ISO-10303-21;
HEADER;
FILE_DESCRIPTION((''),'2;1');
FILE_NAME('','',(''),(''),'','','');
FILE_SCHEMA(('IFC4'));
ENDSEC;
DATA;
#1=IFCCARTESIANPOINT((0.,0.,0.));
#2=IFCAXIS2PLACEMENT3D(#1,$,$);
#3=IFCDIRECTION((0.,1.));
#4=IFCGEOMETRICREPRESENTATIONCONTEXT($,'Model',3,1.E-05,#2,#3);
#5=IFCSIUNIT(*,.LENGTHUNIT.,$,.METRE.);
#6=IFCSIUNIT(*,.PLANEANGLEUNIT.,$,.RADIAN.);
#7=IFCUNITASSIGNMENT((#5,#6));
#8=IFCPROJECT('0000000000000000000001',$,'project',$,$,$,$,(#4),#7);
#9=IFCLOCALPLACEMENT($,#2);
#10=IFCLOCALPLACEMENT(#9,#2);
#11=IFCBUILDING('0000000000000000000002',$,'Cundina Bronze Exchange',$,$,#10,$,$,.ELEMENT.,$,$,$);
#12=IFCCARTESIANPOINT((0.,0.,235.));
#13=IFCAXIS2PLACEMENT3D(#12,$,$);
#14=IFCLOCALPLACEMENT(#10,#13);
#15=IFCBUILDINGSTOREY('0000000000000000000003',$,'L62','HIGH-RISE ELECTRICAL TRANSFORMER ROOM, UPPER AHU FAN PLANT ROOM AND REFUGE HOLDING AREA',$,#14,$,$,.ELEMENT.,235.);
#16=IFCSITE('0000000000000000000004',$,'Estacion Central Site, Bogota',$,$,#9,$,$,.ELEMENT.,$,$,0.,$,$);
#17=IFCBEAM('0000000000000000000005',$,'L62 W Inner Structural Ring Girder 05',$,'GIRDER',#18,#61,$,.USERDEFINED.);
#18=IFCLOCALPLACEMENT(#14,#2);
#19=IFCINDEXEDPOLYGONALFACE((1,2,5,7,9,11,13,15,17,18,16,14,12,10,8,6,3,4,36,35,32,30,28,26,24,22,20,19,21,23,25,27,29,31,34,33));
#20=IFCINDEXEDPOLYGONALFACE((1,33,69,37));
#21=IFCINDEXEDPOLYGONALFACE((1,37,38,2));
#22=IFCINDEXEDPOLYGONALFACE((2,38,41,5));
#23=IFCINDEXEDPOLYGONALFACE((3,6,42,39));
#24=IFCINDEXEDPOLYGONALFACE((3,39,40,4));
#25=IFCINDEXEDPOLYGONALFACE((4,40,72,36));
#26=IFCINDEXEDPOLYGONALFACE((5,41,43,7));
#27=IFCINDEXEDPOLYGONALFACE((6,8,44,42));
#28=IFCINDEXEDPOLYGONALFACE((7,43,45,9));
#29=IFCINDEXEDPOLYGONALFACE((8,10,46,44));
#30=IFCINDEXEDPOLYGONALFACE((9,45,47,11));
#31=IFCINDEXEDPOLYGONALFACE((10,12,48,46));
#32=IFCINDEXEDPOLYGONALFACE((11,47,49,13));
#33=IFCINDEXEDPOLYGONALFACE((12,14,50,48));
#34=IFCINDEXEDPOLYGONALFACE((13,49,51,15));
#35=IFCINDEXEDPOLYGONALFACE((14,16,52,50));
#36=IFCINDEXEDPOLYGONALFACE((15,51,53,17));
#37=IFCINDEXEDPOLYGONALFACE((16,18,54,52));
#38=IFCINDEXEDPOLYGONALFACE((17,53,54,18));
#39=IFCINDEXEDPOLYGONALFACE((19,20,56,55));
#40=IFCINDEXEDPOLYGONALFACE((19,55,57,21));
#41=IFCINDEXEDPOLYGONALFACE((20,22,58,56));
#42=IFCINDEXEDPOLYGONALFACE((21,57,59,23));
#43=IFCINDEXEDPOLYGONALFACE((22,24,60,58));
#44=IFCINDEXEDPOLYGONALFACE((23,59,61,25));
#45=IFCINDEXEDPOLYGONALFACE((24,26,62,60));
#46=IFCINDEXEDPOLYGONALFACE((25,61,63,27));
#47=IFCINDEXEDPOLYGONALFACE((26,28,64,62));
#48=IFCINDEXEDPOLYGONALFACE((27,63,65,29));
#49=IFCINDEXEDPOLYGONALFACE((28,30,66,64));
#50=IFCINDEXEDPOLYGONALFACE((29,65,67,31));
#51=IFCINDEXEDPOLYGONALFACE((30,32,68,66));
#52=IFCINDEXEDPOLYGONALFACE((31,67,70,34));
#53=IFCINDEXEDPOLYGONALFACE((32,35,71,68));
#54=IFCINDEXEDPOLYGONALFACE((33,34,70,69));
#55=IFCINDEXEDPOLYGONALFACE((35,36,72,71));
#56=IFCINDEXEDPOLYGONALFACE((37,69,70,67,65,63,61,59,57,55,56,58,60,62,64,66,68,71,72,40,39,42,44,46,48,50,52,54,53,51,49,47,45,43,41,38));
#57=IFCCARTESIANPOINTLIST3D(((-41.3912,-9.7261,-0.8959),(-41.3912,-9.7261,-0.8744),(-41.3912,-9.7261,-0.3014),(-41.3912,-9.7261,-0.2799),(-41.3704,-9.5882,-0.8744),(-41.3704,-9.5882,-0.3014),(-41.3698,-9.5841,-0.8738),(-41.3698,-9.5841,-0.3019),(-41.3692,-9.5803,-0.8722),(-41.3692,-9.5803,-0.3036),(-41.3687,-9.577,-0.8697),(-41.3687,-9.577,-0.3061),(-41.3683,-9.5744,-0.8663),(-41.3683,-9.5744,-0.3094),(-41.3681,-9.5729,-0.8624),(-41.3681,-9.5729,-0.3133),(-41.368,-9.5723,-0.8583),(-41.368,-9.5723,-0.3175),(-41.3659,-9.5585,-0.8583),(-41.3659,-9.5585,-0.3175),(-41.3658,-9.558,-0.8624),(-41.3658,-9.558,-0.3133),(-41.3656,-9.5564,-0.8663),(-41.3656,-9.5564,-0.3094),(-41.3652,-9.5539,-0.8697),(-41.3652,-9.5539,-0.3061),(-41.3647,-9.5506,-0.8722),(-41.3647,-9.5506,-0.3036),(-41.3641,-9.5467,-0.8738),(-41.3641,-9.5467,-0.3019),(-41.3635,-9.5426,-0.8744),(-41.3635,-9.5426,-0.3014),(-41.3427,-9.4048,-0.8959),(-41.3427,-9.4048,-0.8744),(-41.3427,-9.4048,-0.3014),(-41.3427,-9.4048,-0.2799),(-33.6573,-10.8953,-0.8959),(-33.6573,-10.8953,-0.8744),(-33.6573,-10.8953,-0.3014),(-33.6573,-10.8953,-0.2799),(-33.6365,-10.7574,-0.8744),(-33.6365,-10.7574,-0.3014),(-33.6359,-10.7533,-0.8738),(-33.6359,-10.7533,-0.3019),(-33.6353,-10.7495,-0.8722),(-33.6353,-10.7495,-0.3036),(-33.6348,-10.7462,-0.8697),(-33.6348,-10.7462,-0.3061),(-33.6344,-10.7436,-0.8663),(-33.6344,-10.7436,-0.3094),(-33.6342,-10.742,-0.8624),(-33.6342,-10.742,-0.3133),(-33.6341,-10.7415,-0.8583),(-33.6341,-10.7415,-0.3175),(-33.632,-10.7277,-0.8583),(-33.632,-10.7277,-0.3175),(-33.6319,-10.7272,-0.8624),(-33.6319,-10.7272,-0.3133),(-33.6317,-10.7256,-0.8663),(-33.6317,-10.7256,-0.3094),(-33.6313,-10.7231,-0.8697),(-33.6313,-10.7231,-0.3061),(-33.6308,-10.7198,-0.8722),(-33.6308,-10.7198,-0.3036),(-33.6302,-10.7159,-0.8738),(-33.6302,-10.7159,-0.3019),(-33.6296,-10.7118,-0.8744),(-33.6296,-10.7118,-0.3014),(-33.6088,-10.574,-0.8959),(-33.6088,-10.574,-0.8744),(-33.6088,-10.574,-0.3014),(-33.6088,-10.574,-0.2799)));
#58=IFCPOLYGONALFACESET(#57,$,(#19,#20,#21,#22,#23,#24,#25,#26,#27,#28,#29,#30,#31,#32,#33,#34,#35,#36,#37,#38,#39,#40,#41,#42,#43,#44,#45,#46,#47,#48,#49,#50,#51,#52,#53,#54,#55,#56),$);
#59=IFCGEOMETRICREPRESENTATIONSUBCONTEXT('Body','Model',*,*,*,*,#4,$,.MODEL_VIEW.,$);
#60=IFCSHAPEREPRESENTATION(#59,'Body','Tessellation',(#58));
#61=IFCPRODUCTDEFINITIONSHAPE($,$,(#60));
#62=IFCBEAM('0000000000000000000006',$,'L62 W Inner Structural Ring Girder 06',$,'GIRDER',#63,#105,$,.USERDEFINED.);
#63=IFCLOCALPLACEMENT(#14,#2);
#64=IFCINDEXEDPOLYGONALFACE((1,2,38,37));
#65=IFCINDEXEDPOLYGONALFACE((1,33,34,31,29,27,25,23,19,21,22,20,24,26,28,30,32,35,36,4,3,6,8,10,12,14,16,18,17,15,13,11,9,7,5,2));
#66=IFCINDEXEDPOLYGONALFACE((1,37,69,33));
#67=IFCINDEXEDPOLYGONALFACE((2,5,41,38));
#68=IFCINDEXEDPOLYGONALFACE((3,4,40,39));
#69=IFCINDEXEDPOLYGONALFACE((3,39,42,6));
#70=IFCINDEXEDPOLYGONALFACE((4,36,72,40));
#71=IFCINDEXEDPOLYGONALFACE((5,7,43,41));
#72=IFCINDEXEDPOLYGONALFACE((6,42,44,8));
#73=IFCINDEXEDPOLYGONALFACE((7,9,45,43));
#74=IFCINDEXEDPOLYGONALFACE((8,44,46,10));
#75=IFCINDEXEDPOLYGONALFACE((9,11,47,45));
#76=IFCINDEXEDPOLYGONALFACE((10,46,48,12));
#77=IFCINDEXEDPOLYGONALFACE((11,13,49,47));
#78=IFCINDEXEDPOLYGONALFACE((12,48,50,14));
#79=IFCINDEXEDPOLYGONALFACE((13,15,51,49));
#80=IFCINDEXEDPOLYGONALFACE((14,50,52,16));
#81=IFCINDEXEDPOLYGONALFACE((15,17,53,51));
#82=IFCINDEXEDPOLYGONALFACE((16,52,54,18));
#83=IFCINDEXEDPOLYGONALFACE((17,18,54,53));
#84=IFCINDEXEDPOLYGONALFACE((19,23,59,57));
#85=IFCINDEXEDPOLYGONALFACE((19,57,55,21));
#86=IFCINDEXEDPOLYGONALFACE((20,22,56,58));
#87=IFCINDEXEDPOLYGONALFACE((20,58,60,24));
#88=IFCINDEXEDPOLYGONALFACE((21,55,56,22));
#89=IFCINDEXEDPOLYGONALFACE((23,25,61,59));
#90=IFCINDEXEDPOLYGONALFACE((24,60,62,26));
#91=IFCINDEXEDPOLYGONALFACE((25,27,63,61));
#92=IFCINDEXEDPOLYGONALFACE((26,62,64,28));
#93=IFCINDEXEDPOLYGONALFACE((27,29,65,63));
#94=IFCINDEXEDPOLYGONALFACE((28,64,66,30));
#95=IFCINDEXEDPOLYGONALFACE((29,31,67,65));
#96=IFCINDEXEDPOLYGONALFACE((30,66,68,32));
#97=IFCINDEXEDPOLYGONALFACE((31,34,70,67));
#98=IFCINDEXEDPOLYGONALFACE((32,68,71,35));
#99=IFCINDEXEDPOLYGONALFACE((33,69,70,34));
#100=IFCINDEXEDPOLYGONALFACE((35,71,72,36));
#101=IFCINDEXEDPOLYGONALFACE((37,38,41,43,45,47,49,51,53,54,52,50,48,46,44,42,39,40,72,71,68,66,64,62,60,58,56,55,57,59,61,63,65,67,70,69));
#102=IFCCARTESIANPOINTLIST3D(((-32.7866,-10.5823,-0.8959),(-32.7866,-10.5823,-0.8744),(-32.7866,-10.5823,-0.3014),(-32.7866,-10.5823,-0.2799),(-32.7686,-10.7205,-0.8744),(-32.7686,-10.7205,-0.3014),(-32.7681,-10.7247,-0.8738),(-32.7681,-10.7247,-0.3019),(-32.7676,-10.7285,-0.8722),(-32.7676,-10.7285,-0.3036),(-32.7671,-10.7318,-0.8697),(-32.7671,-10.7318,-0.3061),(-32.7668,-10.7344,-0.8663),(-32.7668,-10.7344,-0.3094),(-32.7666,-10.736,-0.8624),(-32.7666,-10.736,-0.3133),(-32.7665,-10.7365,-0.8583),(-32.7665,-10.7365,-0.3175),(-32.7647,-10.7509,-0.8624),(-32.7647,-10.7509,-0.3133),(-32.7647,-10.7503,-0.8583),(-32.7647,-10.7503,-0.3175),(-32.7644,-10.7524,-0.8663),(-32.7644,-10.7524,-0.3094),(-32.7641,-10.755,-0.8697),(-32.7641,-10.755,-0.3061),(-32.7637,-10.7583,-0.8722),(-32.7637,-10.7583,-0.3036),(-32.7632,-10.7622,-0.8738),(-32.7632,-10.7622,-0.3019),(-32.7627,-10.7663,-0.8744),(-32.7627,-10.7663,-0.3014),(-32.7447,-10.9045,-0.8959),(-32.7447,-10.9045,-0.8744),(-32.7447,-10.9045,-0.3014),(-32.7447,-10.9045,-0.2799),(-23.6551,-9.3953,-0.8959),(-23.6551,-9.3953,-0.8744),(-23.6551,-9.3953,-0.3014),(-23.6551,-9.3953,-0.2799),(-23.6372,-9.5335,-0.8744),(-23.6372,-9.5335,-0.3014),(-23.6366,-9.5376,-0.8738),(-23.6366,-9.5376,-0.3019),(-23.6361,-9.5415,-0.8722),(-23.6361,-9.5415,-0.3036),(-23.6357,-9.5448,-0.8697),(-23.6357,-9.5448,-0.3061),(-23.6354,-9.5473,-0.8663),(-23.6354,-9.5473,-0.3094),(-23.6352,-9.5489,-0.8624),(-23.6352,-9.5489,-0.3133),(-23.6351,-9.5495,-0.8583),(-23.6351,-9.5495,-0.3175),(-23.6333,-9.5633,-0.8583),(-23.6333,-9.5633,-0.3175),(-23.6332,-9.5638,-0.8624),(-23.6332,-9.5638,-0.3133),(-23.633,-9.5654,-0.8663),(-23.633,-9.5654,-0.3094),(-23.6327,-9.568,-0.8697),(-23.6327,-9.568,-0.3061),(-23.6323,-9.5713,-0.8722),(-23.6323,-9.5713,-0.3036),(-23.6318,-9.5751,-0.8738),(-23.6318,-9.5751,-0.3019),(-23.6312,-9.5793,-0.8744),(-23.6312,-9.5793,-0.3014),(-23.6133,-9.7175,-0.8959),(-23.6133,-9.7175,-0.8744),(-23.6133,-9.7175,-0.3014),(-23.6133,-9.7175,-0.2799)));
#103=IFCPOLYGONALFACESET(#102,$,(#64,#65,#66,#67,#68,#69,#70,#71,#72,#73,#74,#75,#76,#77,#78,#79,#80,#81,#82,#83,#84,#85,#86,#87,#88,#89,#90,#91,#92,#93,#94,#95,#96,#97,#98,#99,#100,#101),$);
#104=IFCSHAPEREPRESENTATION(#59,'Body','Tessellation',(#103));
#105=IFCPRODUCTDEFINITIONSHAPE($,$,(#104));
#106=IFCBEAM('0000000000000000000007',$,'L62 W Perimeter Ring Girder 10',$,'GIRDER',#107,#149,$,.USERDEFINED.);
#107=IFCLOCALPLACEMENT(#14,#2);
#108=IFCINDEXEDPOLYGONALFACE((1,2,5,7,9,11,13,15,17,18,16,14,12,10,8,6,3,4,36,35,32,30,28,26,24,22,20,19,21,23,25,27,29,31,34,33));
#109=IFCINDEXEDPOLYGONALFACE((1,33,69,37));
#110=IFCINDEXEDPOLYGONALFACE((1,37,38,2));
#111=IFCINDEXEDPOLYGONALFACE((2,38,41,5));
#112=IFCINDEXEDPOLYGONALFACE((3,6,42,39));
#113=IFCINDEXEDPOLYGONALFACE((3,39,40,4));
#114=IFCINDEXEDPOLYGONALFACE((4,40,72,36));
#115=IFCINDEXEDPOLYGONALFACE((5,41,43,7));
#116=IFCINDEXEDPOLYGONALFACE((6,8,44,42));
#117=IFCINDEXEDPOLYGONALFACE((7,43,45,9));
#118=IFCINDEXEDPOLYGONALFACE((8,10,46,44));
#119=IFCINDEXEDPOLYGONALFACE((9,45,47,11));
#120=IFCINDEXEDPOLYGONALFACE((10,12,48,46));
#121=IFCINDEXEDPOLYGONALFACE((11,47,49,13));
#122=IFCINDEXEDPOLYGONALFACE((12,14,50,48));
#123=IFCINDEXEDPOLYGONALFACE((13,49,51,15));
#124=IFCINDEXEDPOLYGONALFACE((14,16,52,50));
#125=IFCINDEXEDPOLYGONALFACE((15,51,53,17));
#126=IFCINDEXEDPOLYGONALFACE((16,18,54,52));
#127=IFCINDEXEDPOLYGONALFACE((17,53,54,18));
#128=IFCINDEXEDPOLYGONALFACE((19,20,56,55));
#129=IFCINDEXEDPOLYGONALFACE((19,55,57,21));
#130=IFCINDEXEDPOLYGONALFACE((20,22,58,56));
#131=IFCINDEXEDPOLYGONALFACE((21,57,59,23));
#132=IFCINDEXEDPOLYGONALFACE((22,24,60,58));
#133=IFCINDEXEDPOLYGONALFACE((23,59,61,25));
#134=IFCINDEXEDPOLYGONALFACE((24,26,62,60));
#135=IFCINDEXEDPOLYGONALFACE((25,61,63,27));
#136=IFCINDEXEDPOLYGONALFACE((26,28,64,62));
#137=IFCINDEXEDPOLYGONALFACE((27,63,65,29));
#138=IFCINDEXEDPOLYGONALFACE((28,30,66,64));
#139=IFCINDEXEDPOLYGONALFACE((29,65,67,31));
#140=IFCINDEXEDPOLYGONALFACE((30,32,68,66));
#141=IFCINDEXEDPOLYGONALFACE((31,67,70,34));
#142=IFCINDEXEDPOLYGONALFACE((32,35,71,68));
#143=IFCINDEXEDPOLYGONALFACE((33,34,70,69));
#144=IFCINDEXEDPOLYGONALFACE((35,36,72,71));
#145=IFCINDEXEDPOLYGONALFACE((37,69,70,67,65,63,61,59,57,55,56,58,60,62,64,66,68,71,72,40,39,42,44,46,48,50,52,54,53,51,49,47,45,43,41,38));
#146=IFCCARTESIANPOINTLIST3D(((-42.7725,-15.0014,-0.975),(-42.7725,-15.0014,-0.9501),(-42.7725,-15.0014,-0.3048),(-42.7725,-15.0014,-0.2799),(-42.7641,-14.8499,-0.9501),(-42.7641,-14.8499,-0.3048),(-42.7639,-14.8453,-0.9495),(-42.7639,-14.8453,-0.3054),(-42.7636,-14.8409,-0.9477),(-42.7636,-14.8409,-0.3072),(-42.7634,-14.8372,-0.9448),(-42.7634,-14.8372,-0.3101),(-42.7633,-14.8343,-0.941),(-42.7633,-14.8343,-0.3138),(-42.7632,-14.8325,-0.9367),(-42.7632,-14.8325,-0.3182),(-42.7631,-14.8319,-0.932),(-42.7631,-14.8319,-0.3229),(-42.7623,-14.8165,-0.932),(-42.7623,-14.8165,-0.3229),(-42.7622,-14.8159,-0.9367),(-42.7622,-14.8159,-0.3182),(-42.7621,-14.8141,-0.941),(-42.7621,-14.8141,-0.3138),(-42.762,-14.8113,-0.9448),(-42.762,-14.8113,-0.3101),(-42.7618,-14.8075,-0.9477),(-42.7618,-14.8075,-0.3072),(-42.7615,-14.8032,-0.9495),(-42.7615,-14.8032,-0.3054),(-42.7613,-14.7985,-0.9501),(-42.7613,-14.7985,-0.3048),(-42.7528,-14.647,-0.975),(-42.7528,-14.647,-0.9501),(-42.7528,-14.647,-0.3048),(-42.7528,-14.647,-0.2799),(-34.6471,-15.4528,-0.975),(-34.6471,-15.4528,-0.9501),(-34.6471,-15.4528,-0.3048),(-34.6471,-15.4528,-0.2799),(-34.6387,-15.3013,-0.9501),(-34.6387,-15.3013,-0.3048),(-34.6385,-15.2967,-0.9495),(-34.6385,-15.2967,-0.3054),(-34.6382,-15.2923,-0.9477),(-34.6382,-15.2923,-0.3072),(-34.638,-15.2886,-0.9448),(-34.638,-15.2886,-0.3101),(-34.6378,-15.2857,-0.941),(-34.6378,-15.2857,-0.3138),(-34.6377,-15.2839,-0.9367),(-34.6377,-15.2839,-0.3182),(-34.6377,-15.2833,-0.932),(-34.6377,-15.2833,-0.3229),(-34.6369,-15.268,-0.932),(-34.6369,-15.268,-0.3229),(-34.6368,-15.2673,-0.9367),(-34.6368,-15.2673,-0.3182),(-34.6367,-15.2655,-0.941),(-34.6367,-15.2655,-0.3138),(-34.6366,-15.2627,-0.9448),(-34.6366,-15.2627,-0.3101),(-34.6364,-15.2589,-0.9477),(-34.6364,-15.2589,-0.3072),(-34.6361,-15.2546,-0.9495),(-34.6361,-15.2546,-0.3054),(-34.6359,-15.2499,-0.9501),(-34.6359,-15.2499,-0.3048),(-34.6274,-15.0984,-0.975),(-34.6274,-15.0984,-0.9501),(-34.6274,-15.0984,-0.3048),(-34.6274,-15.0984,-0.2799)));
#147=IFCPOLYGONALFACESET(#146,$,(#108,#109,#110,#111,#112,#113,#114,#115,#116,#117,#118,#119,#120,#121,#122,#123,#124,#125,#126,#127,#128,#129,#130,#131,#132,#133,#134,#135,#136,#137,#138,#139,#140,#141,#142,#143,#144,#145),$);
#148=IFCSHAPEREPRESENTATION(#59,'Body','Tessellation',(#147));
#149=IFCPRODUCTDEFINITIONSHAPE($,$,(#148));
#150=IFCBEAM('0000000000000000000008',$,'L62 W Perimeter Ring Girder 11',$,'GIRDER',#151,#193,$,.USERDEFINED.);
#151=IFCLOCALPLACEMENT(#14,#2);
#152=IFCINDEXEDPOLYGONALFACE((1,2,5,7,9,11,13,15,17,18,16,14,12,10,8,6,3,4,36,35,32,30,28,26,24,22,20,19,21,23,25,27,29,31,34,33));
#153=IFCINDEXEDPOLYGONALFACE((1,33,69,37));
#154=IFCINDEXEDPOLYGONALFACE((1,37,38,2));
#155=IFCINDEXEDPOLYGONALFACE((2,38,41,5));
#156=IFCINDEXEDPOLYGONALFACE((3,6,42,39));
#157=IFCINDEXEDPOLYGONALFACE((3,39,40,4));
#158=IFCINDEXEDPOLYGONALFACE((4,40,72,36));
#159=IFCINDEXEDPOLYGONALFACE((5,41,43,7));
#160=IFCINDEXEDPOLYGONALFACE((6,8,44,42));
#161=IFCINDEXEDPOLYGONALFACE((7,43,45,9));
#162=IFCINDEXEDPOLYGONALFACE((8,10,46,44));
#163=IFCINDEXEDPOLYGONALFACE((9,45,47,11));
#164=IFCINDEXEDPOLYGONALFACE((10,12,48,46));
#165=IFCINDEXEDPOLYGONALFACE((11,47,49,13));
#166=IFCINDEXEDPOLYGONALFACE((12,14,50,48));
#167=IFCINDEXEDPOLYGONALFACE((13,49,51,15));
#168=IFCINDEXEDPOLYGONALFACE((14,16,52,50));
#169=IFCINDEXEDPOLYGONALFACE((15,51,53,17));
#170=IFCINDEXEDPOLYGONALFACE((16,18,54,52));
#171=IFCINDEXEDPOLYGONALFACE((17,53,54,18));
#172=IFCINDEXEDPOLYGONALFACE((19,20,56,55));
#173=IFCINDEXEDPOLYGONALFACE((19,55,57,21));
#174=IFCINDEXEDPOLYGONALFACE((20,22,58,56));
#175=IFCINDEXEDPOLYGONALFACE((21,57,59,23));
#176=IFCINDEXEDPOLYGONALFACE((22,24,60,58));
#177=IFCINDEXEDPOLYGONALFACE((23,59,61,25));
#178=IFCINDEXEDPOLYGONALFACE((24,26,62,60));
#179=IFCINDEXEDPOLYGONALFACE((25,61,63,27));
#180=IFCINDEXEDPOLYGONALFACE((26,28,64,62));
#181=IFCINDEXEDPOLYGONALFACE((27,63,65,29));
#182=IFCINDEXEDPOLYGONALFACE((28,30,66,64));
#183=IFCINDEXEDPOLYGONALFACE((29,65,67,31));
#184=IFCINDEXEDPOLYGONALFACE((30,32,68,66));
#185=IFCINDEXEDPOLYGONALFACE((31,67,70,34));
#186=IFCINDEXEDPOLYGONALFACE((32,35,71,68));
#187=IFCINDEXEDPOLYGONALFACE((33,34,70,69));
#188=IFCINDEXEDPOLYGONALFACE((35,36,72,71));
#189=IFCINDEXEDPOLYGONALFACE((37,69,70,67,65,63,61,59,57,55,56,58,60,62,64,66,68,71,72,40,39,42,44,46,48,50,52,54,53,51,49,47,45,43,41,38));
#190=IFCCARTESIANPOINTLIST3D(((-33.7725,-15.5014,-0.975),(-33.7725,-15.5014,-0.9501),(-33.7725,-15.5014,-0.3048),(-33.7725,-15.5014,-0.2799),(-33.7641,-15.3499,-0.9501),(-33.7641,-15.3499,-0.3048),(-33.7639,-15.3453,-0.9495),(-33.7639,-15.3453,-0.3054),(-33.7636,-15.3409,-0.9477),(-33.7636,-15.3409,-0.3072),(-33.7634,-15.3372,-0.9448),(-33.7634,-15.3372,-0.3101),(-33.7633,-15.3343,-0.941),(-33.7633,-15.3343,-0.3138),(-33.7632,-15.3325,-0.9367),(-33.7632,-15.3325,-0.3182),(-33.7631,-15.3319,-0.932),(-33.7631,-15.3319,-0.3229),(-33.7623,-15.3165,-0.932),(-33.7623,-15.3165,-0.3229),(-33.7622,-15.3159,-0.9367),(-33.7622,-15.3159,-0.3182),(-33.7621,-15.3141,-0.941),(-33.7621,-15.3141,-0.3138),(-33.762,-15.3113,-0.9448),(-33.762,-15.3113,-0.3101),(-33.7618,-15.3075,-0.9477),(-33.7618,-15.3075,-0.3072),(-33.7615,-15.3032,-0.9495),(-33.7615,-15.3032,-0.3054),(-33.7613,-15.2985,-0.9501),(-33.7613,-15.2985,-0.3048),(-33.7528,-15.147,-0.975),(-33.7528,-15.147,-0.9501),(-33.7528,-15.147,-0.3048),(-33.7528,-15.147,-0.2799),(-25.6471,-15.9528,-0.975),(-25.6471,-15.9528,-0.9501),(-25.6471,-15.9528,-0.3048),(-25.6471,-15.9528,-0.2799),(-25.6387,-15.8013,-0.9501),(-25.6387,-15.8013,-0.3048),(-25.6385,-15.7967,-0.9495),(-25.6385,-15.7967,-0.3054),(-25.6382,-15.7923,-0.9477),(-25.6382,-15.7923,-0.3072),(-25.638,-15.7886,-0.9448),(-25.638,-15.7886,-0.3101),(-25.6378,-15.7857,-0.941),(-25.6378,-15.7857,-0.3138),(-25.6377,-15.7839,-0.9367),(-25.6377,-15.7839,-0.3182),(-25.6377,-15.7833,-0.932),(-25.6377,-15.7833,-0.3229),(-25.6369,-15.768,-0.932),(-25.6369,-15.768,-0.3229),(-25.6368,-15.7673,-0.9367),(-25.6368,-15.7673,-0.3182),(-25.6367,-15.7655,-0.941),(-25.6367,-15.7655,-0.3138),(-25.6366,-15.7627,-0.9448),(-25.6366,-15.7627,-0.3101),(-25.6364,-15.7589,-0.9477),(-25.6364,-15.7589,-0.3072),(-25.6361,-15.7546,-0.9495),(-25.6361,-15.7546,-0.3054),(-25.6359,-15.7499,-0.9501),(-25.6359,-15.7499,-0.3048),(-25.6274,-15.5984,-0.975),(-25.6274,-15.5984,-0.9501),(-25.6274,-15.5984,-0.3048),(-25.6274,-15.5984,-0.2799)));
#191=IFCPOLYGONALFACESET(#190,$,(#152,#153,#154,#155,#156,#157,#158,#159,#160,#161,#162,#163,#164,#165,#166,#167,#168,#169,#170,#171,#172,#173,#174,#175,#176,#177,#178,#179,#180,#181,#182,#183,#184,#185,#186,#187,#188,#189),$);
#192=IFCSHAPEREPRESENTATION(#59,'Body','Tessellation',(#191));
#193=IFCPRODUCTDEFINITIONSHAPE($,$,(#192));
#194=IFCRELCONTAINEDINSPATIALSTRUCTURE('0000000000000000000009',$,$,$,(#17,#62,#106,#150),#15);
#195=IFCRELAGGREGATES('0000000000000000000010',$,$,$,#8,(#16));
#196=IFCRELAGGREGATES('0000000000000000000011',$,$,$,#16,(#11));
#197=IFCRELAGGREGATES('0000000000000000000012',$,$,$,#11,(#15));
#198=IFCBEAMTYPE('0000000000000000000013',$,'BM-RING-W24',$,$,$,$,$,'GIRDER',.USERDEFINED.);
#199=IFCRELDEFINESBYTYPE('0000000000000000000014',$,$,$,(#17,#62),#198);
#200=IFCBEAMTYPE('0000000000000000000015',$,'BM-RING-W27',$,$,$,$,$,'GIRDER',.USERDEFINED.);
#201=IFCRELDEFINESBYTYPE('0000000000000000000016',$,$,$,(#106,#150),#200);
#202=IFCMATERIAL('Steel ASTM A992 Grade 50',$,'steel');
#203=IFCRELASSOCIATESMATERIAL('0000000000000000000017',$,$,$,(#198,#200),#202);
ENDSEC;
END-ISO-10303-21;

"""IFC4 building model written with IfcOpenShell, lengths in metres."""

from ifc_helpers import new_model, si_unit, direction, frame, origin, origin_2d, place, context, subcontext, project, spatial, i_section, extrude, material, material_profile, profile_set, type_object, element, save


model = new_model("IFC4")

# Units and contexts
model_context = context("Model", 3, precision=1e-05, world=origin(), true_north=direction((0.0, 1.0)))
body_context = subcontext(model_context, "Body", "Model", "MODEL_VIEW")
ifc_project = project(units=[si_unit("LENGTHUNIT", "METRE"), si_unit("PLANEANGLEUNIT", "RADIAN")], contexts=[model_context])

# Site, building, storey
site_placement = place(None, origin())
site = spatial("IfcSite", under=ifc_project, at=site_placement, Name="Estacion Central Site, Bogota", CompositionType="ELEMENT", RefElevation=0.0)
building_placement = place(site_placement, origin())
building = spatial("IfcBuilding", under=site, at=building_placement, Name="Cundina Bronze Exchange", CompositionType="ELEMENT")
storey_placement = place(building_placement, frame((0.0, 0.0, 235.0)))
storey = spatial("IfcBuildingStorey", under=building, at=storey_placement, Name="L62", Description="HIGH-RISE ELECTRICAL TRANSFORMER ROOM, UPPER AHU FAN PLANT ROOM AND REFUGE HOLDING AREA", CompositionType="ELEMENT", Elevation=235.0)

# Beams
ifc_material_1 = material(Name="Steel ASTM A992 Grade 50", Category="steel")
ifc_material_profile_1 = material_profile(ifc_material_1, i_section(OverallWidth=0.325, OverallDepth=0.616, WebThickness=0.0139, FlangeThickness=0.0215, FilletRadius=0.0161, at=origin_2d()), Name="W24X117", Category="steel")
ifc_profile_set_1 = profile_set([ifc_material_profile_1], Name="Steel ASTM A992 Grade 50")
beam_type_1 = type_object("IfcBeamType", Name="BM-RING-W24", ElementType="GIRDER", PredefinedType="USERDEFINED", material=ifc_profile_set_1)
beam_1_placement = place(storey_placement, frame((-41.3669, -9.5654, -0.5879), z_axis=(0.988765, -0.149479, 0.0), x_axis=(0.149479, 0.988765, 0.0)))
element("IfcBeam", 1, at=beam_1_placement, inside=storey, type_object=beam_type_1, Name="L62 W Inner Structural Ring Girder 05", ObjectType="GIRDER", PredefinedType="USERDEFINED", context=body_context, shape_type="SweptSolid", body=[
    extrude(i_section(OverallWidth=0.325, OverallDepth=0.616, WebThickness=0.0139, FlangeThickness=0.0215, FilletRadius=0.0161, at=origin_2d()), origin(), (0.0, 0.0, 1.0), 7.8218),
])
beam_2_placement = place(storey_placement, frame((-32.7656, -10.7434, -0.5879), z_axis=(0.991656, 0.128908, 0.0), x_axis=(-0.128908, 0.991656, 0.0)))
element("IfcBeam", 2, at=beam_2_placement, inside=storey, type_object=beam_type_1, Name="L62 W Inner Structural Ring Girder 06", ObjectType="GIRDER", PredefinedType="USERDEFINED", context=body_context, shape_type="SweptSolid", body=[
    extrude(i_section(OverallWidth=0.325, OverallDepth=0.616, WebThickness=0.0139, FlangeThickness=0.0215, FilletRadius=0.0161, at=origin_2d()), origin(), (0.0, 0.0, 1.0), 9.2083),
])
ifc_material_profile_2 = material_profile(ifc_material_1, i_section(OverallWidth=0.355, OverallDepth=0.6951, WebThickness=0.0154, FlangeThickness=0.0249, FilletRadius=0.0181, at=origin_2d()), Name="W27X146", Category="steel")
ifc_profile_set_2 = profile_set([ifc_material_profile_2], Name="Steel ASTM A992 Grade 50")
beam_type_2 = type_object("IfcBeamType", Name="BM-RING-W27", ElementType="GIRDER", PredefinedType="USERDEFINED", material=ifc_profile_set_2)
for number, where, z_axis, x_axis, name in (
    (3, (-42.7627, -14.8242, -0.6274), (0.99846, -0.05547, 0.0), (0.05547, 0.99846, 0.0), "L62 W Perimeter Ring Girder 10"),
    (4, (-33.7627, -15.3242, -0.6274), (0.99846, -0.05547, 0.0), (0.05547, 0.99846, 0.0), "L62 W Perimeter Ring Girder 11"),
):
    element("IfcBeam", number, at=place(storey_placement, frame(where, z_axis=z_axis, x_axis=x_axis)), inside=storey, type_object=beam_type_2, Name=name, ObjectType="GIRDER", PredefinedType="USERDEFINED", context=body_context, shape_type="SweptSolid", body=[
        extrude(i_section(OverallWidth=0.355, OverallDepth=0.6951, WebThickness=0.0154, FlangeThickness=0.0249, FilletRadius=0.0181, at=origin_2d()), origin(), (0.0, 0.0, 1.0), 8.1379),
    ])

save(model, "model.ifc")
